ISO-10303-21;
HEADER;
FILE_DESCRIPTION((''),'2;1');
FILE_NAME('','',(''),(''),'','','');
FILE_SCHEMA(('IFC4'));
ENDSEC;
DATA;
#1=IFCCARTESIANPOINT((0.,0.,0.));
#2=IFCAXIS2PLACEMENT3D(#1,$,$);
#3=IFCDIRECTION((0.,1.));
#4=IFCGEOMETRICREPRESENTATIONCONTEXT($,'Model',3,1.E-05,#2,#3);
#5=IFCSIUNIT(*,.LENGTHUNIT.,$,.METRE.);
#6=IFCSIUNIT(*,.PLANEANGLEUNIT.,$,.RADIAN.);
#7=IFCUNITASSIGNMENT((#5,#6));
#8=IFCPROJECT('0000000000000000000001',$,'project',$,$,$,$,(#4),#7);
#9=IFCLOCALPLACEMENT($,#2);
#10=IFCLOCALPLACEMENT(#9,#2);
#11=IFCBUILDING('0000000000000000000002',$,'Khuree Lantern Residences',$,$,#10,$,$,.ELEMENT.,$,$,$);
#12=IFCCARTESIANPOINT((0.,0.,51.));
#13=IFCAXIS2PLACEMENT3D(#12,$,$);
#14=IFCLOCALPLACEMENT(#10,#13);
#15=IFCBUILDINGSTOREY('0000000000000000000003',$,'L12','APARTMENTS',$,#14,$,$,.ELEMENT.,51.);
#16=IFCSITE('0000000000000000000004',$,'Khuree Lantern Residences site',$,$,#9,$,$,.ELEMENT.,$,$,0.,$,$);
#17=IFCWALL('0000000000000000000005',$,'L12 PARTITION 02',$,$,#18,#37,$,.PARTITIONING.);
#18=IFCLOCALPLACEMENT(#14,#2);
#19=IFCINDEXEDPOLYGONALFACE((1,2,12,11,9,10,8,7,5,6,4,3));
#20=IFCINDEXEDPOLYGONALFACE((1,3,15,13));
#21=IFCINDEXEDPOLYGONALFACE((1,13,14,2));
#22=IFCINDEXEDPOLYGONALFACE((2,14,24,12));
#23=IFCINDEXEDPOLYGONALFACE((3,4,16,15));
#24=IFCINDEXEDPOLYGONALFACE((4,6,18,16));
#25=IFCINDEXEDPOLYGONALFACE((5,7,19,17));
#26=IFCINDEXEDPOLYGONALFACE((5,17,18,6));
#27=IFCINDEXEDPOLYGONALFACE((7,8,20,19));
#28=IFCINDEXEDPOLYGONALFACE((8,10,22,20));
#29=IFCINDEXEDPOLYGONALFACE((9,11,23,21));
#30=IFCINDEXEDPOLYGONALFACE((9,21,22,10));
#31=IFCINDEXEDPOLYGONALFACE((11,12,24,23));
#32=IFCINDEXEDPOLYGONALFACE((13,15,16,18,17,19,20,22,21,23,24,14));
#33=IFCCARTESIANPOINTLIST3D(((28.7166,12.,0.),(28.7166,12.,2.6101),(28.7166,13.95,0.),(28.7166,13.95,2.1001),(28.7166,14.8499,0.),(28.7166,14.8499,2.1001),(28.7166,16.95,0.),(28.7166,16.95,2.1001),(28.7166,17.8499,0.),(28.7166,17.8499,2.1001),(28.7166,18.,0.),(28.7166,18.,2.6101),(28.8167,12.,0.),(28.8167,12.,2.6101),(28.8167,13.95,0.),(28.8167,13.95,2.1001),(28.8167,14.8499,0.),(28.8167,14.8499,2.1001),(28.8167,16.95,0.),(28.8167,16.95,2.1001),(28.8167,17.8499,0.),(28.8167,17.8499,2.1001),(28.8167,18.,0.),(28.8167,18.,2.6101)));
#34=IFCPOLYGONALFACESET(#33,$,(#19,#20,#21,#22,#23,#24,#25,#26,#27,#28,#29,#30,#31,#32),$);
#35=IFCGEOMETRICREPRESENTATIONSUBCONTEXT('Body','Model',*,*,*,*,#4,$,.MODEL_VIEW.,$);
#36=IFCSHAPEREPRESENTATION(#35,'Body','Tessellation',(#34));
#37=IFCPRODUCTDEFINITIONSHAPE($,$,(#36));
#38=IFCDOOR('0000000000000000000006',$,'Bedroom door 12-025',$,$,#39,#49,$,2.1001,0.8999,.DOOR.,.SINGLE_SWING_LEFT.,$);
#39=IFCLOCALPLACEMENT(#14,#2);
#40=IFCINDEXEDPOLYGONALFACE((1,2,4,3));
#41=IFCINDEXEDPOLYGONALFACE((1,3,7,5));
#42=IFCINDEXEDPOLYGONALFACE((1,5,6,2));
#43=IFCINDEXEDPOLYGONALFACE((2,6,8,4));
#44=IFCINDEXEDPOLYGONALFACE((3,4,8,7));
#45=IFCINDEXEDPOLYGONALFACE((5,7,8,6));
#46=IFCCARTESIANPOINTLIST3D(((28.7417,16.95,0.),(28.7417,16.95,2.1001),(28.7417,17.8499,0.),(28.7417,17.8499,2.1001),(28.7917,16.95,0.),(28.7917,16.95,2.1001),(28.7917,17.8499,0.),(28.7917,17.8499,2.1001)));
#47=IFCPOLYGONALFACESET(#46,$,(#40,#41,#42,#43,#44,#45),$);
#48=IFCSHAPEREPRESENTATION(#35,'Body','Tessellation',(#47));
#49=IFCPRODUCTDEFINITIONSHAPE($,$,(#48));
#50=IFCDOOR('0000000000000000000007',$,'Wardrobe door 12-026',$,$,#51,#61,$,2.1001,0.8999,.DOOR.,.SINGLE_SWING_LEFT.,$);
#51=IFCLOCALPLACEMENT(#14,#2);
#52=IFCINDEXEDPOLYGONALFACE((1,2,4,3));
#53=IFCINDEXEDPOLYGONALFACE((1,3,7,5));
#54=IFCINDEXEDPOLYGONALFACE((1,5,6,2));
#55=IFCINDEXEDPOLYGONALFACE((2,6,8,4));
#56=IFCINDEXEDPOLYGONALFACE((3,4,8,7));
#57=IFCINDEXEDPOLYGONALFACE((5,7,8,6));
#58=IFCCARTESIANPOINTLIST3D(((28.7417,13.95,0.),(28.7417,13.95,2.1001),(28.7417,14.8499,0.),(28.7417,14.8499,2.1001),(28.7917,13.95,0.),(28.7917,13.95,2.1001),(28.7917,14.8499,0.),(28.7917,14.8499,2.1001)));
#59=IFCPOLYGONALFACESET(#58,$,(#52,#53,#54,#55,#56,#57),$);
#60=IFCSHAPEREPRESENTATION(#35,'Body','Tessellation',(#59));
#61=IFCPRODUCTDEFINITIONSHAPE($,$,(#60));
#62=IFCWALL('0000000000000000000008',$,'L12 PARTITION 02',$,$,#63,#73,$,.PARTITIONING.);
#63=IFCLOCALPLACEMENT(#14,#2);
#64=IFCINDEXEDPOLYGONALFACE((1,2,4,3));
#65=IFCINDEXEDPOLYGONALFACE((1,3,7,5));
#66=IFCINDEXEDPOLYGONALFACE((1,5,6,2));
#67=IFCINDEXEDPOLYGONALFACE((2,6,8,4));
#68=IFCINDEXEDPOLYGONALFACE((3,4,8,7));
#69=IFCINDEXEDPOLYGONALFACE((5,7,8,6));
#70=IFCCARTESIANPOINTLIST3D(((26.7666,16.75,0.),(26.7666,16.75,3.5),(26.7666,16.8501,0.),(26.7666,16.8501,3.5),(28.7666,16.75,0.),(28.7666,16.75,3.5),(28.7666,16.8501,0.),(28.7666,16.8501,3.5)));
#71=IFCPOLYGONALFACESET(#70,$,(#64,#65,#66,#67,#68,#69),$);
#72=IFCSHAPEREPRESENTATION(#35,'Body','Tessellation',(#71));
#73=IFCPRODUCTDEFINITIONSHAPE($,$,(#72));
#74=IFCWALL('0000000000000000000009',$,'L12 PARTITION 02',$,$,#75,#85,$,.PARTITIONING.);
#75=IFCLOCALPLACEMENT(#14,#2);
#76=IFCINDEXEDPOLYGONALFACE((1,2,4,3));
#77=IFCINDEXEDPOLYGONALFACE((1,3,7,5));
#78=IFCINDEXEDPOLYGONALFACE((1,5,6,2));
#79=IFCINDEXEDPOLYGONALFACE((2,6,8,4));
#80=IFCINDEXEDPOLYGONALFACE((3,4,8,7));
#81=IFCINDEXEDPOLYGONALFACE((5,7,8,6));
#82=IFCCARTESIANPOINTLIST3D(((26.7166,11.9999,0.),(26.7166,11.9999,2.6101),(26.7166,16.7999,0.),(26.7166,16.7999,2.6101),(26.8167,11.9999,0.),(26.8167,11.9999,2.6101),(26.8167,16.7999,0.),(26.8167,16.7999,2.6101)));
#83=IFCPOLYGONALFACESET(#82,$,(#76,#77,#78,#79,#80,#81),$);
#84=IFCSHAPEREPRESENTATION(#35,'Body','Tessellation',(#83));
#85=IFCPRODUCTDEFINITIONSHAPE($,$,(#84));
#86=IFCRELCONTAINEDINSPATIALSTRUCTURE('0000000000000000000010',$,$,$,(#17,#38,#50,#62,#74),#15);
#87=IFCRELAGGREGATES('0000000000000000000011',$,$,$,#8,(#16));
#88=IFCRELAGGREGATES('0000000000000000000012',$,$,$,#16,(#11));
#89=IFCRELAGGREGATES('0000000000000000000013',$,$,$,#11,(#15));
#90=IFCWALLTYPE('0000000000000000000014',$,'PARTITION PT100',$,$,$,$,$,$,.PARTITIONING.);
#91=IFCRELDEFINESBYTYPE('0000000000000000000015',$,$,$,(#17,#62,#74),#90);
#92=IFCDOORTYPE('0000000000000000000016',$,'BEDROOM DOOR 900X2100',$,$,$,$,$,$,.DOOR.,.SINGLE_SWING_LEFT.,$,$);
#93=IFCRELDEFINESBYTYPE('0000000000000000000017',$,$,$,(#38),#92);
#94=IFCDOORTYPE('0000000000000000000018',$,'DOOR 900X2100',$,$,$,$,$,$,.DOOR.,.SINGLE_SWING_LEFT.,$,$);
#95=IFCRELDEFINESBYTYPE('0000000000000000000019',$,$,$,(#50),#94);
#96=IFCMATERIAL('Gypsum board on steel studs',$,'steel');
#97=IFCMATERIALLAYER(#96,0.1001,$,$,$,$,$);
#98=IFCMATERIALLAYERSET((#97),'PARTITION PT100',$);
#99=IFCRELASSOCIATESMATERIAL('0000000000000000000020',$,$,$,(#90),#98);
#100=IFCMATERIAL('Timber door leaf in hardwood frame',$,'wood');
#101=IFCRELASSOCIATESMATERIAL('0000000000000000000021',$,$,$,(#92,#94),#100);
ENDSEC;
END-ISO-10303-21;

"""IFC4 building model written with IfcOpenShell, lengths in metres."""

from ifc_helpers import new_model, si_unit, direction, frame, frame_2d, origin, place, context, subcontext, project, spatial, rectangle, extrude, material, layer, layer_set, type_object, element, fill, save


model = new_model("IFC4")

# Units and contexts
model_context = context("Model", 3, precision=1e-05, world=origin(), true_north=direction((0.0, 1.0)))
body_context = subcontext(model_context, "Body", "Model", "MODEL_VIEW")
ifc_project = project(units=[si_unit("LENGTHUNIT", "METRE"), si_unit("PLANEANGLEUNIT", "RADIAN")], contexts=[model_context])

# Site, building, storey
site_placement = place(None, origin())
site = spatial("IfcSite", under=ifc_project, at=site_placement, Name="Khuree Lantern Residences site", CompositionType="ELEMENT", RefElevation=0.0)
building_placement = place(site_placement, origin())
building = spatial("IfcBuilding", under=site, at=building_placement, Name="Khuree Lantern Residences", CompositionType="ELEMENT")
storey_placement = place(building_placement, frame((0.0, 0.0, 51.0)))
storey = spatial("IfcBuildingStorey", under=building, at=storey_placement, Name="L12", Description="APARTMENTS", CompositionType="ELEMENT", Elevation=51.0)

# Shared definitions
ifc_material_1 = material(Name="Gypsum board on steel studs", Category="steel")
ifc_layer_1 = layer(ifc_material_1, 0.1001)
ifc_layer_set_1 = layer_set([ifc_layer_1], Name="PARTITION PT100")
wall_type = type_object("IfcWallType", Name="PARTITION PT100", PredefinedType="PARTITIONING", material=ifc_layer_set_1)

# Shared definitions
ifc_material_2 = material(Name="Timber door leaf in hardwood frame", Category="wood")
door_type_1 = type_object("IfcDoorType", Name="BEDROOM DOOR 900X2100", OperationType="SINGLE_SWING_LEFT", PredefinedType="DOOR", material=ifc_material_2)

# Wall, openings, doors
wall_1_placement = place(storey_placement, frame((28.7666, 12.0, 0.0), z_axis=(0.0, 0.0, 1.0), x_axis=(0.0, 1.0, 0.0)))
wall_1 = element("IfcWall", 1, at=wall_1_placement, inside=storey, type_object=wall_type, Name="L12 PARTITION 02", PredefinedType="PARTITIONING", context=body_context, shape_type="SweptSolid", body=[
    extrude(rectangle(XDim=6.0, YDim=0.1001, at=frame_2d((3.0, 0.0))), origin(), (0.0, 0.0, 1.0), 2.6101),
])
opening_1_placement = place(wall_1_placement, frame((4.95, 0.0, 0.0)))
opening_1 = element("IfcOpeningElement", 2, at=opening_1_placement, cuts=wall_1, PredefinedType="OPENING", context=body_context, shape_type="SweptSolid", body=[
    extrude(rectangle(XDim=0.8999, YDim=2.1001, at=frame_2d((0.45, 1.05))), frame((0.0, 0.0601, 0.0), z_axis=(0.0, -1.0, 0.0), x_axis=(1.0, 0.0, 0.0)), (0.0, 0.0, 1.0), 0.1201),
])
opening_2_placement = place(wall_1_placement, frame((1.95, 0.0, 0.0)))
opening_2 = element("IfcOpeningElement", 3, at=opening_2_placement, cuts=wall_1, PredefinedType="OPENING", context=body_context, shape_type="SweptSolid", body=[
    extrude(rectangle(XDim=0.8999, YDim=2.1001, at=frame_2d((0.45, 1.05))), frame((0.0, 0.0601, 0.0), z_axis=(0.0, -1.0, 0.0), x_axis=(1.0, 0.0, 0.0)), (0.0, 0.0, 1.0), 0.1201),
])
door_1_placement = place(opening_1_placement, origin())
door_1 = element("IfcDoor", 4, at=door_1_placement, inside=storey, type_object=door_type_1, Name="Bedroom door 12-025", OperationType="SINGLE_SWING_LEFT", OverallHeight=2.1001, OverallWidth=0.8999, PredefinedType="DOOR", context=body_context, shape_type="SweptSolid", body=[
    extrude(rectangle(XDim=0.8999, YDim=2.1001, at=frame_2d((0.45, 1.05))), frame((0.0, 0.0249, 0.0), z_axis=(0.0, -1.0, 0.0), x_axis=(1.0, 0.0, 0.0)), (0.0, 0.0, 1.0), 0.05),
])
fill(opening_1, door_1)
door_type_2 = type_object("IfcDoorType", Name="DOOR 900X2100", OperationType="SINGLE_SWING_LEFT", PredefinedType="DOOR", material=ifc_material_2)
door_2_placement = place(opening_2_placement, origin())
door_2 = element("IfcDoor", 5, at=door_2_placement, inside=storey, type_object=door_type_2, Name="Wardrobe door 12-026", OperationType="SINGLE_SWING_LEFT", OverallHeight=2.1001, OverallWidth=0.8999, PredefinedType="DOOR", context=body_context, shape_type="SweptSolid", body=[
    extrude(rectangle(XDim=0.8999, YDim=2.1001, at=frame_2d((0.45, 1.05))), frame((0.0, 0.0249, 0.0), z_axis=(0.0, -1.0, 0.0), x_axis=(1.0, 0.0, 0.0)), (0.0, 0.0, 1.0), 0.05),
])
fill(opening_2, door_2)

# Walls
wall_2_placement = place(storey_placement, frame((26.7666, 16.8, 0.0), z_axis=(0.0, 0.0, 1.0), x_axis=(1.0, 0.0, 0.0)))
element("IfcWall", 6, at=wall_2_placement, inside=storey, type_object=wall_type, Name="L12 PARTITION 02", PredefinedType="PARTITIONING", context=body_context, shape_type="SweptSolid", body=[
    extrude(rectangle(XDim=2.0, YDim=0.1001, at=frame_2d((1.0, 0.0))), origin(), (0.0, 0.0, 1.0), 3.5),
])
wall_3_placement = place(storey_placement, frame((26.7666, 12.0, 0.0), z_axis=(0.0, 0.0, 1.0), x_axis=(0.0, 1.0, 0.0)))
element("IfcWall", 7, at=wall_3_placement, inside=storey, type_object=wall_type, Name="L12 PARTITION 02", PredefinedType="PARTITIONING", context=body_context, shape_type="SweptSolid", body=[
    extrude(rectangle(XDim=4.8, YDim=0.1001, at=frame_2d((2.3999, 0.0))), origin(), (0.0, 0.0, 1.0), 2.6101),
])

save(model, "model.ifc")
